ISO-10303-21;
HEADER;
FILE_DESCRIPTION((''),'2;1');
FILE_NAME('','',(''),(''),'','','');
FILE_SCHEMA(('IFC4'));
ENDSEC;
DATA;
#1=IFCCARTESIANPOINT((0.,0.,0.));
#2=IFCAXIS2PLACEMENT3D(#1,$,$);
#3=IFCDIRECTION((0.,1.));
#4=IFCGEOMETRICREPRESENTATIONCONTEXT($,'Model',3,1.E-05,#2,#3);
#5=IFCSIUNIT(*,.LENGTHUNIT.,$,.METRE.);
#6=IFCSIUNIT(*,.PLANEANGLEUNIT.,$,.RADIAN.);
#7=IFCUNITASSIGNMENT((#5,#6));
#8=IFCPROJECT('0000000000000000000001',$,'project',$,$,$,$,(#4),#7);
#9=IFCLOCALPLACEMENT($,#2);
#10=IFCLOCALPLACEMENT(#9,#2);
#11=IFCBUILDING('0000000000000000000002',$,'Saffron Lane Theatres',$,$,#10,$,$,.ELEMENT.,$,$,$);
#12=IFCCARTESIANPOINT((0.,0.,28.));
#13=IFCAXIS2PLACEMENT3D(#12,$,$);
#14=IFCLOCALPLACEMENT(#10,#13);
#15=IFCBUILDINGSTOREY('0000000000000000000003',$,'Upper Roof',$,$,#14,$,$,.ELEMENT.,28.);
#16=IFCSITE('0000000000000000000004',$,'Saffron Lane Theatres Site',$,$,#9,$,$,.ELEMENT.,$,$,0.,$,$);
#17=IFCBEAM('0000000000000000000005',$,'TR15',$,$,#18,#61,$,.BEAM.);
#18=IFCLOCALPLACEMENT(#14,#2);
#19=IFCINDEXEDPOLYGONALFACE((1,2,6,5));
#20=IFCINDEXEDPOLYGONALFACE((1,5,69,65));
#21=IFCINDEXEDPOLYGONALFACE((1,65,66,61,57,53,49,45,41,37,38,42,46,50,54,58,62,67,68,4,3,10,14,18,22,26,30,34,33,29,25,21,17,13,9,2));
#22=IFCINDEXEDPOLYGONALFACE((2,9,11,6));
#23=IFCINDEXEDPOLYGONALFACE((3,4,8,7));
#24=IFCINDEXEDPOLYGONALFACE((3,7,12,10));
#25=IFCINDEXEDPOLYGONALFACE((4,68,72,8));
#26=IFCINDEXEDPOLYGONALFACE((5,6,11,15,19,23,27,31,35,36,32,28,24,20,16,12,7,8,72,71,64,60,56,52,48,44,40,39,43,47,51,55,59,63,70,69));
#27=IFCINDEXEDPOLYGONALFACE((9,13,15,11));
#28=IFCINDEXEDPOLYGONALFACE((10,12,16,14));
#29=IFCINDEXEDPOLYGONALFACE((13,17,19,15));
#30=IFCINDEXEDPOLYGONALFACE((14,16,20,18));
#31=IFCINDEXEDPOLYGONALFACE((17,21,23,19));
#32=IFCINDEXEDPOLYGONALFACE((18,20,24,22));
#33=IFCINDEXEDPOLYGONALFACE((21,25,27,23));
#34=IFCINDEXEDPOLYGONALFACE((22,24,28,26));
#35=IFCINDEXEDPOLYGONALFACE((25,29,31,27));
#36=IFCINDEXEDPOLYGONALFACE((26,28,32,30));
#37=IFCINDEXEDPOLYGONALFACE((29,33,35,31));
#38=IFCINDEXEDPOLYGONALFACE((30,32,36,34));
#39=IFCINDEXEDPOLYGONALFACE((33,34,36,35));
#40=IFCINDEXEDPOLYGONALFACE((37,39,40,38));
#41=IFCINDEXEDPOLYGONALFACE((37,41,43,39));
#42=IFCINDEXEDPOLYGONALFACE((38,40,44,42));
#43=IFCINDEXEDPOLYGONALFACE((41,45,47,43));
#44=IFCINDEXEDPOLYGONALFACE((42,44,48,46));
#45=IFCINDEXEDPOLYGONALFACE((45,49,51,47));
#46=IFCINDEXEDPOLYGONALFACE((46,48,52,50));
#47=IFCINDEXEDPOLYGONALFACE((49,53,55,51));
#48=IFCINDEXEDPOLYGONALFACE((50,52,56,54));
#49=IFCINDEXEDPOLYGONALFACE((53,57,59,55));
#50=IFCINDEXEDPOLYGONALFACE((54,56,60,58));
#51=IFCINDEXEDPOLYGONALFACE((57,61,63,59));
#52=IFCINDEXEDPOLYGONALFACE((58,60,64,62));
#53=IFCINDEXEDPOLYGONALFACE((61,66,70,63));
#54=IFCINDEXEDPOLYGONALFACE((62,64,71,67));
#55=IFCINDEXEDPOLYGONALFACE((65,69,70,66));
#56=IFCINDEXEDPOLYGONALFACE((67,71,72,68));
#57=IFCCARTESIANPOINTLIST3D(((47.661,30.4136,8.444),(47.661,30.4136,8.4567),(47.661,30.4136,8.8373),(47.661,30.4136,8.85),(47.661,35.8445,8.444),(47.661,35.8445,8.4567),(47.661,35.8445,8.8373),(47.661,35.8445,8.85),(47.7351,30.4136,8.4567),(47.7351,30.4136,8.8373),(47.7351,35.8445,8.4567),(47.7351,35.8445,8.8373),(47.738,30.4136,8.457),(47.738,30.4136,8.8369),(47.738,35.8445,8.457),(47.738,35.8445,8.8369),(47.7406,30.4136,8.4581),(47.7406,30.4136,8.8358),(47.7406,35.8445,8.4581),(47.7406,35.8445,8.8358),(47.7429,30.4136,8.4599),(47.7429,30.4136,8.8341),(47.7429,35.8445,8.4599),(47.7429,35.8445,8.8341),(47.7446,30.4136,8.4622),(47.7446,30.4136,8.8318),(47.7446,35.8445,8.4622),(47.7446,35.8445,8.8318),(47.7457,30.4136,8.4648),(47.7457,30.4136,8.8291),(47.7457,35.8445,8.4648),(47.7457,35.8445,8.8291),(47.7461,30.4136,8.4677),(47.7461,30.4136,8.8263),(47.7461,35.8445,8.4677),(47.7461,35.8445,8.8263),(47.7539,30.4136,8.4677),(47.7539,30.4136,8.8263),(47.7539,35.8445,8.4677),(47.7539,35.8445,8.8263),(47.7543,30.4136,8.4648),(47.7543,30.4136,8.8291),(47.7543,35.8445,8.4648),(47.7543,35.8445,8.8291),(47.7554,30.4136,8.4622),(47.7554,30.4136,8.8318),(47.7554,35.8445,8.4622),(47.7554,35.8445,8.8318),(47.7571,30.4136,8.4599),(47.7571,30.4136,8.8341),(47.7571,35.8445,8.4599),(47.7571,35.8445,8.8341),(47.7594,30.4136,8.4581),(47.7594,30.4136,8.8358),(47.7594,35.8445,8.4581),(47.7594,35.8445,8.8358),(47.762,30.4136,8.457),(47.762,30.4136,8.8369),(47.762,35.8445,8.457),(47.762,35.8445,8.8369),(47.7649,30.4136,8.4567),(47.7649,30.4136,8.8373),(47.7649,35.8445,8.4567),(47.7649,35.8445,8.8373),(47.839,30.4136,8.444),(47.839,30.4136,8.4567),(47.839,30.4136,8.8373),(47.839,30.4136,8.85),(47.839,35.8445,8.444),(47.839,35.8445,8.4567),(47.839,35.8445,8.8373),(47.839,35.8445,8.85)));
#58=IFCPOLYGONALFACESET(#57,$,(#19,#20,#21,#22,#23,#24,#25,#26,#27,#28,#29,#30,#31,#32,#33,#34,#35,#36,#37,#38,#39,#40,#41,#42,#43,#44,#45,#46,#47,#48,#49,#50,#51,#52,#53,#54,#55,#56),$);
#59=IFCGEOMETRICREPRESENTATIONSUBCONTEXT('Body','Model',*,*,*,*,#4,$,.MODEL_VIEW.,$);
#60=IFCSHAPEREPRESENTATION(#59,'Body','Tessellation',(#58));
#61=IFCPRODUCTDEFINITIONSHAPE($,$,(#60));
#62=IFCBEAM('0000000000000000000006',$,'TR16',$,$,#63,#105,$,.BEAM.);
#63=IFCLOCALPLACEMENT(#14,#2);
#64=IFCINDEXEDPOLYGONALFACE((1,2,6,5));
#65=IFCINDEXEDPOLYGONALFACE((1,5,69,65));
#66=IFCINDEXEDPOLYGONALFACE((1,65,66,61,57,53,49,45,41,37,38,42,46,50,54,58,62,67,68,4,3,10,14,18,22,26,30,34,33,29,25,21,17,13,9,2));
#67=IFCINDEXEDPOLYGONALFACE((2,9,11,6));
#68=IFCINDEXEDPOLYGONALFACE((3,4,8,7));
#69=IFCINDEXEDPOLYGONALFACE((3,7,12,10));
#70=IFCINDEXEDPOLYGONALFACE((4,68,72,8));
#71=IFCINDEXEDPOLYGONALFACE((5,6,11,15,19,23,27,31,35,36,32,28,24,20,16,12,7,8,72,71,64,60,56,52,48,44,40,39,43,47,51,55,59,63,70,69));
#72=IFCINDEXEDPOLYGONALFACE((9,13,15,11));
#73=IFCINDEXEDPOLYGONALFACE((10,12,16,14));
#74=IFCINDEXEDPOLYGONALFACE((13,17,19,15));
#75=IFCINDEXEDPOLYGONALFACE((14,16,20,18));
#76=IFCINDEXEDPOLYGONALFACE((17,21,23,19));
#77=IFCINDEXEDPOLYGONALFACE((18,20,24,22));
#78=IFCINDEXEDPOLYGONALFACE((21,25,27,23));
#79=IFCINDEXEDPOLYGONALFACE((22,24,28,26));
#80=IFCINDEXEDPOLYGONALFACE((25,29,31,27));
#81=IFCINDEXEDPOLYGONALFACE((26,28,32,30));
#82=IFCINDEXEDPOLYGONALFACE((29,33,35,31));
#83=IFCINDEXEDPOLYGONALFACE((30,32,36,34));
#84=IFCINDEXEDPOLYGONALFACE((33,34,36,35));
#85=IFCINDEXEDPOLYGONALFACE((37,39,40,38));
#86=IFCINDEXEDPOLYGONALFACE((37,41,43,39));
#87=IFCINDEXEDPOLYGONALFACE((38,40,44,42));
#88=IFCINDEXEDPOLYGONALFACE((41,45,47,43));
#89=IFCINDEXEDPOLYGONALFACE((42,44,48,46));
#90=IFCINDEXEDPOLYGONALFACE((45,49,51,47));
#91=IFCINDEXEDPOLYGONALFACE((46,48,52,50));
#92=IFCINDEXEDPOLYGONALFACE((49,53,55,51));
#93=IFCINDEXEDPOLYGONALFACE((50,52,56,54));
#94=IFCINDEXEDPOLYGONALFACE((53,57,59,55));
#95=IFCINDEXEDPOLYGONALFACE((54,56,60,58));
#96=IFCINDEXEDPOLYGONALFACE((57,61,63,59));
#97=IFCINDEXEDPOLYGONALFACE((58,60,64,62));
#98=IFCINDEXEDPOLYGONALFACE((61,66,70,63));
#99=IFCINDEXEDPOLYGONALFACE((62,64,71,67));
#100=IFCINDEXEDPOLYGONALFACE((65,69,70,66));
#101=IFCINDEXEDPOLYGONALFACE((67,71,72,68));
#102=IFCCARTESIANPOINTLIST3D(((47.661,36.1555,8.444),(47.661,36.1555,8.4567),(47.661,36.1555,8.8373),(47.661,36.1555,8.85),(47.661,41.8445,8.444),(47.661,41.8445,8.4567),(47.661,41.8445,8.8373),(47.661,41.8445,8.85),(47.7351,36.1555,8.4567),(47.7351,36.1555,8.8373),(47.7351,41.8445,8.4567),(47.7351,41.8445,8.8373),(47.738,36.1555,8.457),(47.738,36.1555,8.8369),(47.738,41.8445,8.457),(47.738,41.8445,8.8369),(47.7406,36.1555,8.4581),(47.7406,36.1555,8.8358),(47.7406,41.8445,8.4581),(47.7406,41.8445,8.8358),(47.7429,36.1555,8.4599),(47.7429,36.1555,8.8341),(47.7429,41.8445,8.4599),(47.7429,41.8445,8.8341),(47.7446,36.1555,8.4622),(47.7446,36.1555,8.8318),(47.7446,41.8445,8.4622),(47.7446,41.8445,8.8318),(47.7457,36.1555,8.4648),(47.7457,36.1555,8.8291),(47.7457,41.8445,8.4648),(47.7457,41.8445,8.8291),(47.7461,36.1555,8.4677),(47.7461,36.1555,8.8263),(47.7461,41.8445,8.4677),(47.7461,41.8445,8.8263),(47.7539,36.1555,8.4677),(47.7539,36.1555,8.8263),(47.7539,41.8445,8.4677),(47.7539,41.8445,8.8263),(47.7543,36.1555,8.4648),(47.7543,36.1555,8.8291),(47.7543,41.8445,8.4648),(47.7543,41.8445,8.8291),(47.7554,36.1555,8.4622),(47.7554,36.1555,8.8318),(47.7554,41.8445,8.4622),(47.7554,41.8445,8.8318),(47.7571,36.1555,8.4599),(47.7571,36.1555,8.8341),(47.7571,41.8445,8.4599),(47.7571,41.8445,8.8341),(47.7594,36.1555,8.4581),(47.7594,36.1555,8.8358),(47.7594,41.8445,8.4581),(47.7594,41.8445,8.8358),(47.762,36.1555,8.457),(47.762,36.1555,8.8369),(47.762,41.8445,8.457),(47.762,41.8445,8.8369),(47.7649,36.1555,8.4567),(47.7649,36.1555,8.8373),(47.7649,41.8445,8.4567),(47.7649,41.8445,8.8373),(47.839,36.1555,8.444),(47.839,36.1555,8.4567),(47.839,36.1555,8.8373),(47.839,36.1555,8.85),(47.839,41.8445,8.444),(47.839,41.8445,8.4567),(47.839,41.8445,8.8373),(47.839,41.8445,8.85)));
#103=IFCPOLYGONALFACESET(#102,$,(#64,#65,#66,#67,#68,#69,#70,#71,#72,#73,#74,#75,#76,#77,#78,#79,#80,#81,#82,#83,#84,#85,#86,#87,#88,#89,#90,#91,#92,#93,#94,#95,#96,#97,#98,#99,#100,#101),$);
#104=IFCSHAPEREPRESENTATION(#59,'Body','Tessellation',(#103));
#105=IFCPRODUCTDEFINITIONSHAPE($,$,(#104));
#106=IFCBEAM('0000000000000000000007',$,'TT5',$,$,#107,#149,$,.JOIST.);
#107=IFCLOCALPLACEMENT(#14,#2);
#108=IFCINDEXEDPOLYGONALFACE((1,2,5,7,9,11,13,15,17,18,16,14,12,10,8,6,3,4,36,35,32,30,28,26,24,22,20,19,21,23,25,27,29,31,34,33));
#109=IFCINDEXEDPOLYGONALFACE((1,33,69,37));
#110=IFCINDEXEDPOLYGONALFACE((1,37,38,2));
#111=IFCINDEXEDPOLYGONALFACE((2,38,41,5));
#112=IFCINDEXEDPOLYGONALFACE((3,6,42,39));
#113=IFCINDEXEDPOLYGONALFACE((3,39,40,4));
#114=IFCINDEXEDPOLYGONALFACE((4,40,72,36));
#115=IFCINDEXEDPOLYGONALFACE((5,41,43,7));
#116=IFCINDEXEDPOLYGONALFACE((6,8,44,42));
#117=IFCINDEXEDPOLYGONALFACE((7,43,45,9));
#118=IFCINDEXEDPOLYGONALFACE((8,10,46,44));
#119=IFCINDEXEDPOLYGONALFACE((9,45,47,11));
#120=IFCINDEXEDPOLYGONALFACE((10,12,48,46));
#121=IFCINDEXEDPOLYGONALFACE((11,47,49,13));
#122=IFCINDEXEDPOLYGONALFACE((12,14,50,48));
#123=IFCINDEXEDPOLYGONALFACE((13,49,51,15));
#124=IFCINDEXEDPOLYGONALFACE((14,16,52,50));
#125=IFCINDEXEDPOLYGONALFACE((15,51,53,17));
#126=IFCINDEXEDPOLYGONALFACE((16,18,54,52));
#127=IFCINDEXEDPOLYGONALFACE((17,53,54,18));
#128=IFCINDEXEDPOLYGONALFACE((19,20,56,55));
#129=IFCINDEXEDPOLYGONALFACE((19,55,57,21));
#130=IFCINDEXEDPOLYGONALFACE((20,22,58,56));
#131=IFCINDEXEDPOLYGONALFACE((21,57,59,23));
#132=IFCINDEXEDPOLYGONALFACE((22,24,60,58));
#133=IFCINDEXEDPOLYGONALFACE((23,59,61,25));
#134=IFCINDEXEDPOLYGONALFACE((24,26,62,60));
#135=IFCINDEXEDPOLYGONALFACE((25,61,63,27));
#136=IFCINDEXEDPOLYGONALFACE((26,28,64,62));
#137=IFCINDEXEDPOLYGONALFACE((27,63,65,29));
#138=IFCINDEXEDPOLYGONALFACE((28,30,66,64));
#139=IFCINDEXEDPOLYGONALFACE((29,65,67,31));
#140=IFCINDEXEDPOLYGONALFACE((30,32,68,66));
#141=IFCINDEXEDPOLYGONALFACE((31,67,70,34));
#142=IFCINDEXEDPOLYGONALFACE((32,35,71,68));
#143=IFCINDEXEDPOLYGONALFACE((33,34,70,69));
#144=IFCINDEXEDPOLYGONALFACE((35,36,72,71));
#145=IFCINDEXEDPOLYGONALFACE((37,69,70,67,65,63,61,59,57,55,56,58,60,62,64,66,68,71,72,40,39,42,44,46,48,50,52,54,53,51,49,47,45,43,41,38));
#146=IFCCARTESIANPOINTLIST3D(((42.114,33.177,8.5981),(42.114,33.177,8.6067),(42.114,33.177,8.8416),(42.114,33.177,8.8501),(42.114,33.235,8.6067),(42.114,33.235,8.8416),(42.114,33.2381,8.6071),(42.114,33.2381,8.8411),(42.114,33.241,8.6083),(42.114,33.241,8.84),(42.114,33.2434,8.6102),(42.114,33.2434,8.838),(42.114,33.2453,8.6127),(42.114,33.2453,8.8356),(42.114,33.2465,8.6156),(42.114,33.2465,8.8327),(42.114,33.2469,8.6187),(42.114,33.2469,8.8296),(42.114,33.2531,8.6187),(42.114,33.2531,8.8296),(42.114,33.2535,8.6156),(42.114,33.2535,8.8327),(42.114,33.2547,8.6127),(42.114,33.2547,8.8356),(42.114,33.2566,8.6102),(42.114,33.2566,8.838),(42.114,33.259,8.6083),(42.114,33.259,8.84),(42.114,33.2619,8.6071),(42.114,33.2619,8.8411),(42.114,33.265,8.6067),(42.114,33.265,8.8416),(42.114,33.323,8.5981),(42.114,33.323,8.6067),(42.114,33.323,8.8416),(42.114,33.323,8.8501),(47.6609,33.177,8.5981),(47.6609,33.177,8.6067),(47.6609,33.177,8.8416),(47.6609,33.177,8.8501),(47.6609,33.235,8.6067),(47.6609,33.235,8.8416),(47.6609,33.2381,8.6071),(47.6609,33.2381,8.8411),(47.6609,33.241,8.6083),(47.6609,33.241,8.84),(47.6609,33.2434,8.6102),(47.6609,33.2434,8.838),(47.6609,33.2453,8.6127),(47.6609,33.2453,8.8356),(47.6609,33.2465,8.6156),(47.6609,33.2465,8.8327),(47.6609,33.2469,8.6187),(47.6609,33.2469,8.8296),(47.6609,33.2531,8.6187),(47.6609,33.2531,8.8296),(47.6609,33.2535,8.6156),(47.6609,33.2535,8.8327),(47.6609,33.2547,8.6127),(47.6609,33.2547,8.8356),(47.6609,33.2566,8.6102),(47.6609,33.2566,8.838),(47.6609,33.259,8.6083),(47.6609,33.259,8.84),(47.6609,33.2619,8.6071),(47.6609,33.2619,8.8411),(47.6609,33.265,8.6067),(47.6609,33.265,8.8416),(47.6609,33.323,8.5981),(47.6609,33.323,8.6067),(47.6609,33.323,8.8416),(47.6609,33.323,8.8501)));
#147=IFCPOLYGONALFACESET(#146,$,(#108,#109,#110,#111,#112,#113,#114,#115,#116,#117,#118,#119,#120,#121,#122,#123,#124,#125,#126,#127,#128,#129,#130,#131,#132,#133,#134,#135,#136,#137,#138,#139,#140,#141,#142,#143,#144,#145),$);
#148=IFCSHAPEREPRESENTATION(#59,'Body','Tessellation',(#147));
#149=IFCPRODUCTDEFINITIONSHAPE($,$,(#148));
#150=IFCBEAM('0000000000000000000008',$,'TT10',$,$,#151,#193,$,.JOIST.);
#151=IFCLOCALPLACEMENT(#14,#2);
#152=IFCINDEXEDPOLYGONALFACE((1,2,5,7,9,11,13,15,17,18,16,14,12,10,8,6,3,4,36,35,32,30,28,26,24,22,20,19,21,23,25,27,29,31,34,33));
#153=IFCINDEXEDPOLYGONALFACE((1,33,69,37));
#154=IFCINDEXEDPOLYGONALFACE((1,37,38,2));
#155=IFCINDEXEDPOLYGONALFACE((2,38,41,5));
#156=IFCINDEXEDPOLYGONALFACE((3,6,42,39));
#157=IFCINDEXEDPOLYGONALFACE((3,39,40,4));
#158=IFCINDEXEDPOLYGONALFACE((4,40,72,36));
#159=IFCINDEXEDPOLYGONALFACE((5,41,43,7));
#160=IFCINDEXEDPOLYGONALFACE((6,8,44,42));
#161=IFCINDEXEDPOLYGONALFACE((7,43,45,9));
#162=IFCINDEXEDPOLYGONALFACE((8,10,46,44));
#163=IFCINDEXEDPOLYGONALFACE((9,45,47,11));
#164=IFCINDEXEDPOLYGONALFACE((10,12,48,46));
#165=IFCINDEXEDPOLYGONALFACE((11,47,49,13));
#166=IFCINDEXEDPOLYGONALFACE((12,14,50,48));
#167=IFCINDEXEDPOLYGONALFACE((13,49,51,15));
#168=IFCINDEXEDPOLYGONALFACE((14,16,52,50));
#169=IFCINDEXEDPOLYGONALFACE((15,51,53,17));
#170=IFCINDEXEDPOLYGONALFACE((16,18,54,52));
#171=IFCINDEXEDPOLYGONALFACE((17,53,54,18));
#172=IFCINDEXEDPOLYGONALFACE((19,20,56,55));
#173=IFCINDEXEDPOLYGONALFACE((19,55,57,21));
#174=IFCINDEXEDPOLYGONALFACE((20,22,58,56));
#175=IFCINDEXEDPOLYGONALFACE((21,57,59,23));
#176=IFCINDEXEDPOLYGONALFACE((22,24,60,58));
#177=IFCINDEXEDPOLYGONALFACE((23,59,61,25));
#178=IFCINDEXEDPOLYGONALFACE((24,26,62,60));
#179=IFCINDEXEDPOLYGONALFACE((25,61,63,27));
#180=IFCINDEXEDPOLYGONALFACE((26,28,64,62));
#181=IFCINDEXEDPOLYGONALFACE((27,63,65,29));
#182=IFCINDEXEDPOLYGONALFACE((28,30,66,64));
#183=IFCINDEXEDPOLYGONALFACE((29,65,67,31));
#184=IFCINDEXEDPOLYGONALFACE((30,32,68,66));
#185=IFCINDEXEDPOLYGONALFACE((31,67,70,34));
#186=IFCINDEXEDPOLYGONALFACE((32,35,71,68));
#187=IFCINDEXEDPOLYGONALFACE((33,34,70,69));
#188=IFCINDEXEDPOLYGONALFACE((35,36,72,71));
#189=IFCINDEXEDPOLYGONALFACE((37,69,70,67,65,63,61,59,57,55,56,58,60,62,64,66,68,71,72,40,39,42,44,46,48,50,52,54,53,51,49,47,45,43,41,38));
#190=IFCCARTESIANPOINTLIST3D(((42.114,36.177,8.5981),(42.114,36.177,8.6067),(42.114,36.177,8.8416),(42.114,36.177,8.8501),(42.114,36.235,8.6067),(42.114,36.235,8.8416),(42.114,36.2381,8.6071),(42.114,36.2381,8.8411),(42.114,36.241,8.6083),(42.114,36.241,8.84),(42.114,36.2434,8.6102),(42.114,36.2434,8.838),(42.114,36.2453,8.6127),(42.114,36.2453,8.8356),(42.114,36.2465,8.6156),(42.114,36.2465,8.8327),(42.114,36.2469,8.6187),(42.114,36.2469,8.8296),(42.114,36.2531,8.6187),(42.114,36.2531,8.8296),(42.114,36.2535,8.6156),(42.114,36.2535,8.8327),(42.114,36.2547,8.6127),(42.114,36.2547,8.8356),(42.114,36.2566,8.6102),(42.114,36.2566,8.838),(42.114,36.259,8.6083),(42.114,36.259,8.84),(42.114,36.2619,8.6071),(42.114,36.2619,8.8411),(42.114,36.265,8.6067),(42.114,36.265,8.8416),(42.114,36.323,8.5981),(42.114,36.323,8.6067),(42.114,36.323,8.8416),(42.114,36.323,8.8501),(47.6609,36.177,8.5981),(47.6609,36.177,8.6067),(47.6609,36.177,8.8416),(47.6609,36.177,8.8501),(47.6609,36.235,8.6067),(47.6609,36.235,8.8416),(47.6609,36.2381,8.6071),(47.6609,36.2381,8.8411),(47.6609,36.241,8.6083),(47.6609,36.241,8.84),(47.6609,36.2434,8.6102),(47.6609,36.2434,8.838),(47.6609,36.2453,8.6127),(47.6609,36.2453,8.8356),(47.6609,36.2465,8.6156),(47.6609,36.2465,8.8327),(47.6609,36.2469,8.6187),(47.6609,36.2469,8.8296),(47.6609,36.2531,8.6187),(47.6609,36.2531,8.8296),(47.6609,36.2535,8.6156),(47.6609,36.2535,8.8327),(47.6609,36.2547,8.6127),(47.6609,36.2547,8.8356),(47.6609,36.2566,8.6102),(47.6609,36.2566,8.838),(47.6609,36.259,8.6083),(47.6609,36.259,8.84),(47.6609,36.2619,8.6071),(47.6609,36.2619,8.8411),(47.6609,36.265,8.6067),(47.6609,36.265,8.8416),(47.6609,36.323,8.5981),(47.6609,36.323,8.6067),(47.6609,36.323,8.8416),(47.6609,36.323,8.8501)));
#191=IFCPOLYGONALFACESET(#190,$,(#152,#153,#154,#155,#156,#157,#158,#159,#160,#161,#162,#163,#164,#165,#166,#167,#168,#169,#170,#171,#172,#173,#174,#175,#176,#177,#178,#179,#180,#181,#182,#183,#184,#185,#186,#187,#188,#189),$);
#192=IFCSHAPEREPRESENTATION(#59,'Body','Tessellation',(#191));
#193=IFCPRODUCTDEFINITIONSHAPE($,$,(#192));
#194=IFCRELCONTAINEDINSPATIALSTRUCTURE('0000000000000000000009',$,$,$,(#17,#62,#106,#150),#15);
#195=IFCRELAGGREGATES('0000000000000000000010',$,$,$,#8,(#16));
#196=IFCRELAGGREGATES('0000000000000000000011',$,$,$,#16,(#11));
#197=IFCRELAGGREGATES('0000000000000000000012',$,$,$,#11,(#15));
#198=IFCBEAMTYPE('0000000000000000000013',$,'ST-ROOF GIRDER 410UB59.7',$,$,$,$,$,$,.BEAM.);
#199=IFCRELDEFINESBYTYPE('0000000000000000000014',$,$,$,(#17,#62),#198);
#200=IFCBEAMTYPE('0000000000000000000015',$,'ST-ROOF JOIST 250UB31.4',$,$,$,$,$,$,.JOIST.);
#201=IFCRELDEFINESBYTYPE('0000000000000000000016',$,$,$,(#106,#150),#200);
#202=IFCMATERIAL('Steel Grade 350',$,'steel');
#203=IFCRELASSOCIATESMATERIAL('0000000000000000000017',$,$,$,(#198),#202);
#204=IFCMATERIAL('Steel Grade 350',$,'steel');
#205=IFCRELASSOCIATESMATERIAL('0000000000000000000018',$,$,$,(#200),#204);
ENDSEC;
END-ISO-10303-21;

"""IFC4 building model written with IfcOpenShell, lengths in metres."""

from ifc_helpers import new_model, si_unit, direction, frame, origin, origin_2d, place, context, subcontext, project, spatial, i_section, extrude, material, material_profile, profile_set, type_object, element, save


model = new_model("IFC4")

# Units and contexts
model_context = context("Model", 3, precision=1e-05, world=origin(), true_north=direction((0.0, 1.0)))
body_context = subcontext(model_context, "Body", "Model", "MODEL_VIEW")
ifc_project = project(units=[si_unit("LENGTHUNIT", "METRE"), si_unit("PLANEANGLEUNIT", "RADIAN")], contexts=[model_context])

# Site, building, storey
site_placement = place(None, origin())
site = spatial("IfcSite", under=ifc_project, at=site_placement, Name="Saffron Lane Theatres Site", CompositionType="ELEMENT", RefElevation=0.0)
building_placement = place(site_placement, origin())
building = spatial("IfcBuilding", under=site, at=building_placement, Name="Saffron Lane Theatres", CompositionType="ELEMENT")
storey_placement = place(building_placement, frame((0.0, 0.0, 28.0)))
storey = spatial("IfcBuildingStorey", under=building, at=storey_placement, Name="Upper Roof", CompositionType="ELEMENT", Elevation=28.0)

# Beams
ifc_material_1 = material(Name="Steel Grade 350", Category="steel")
ifc_material_profile_1 = material_profile(ifc_material_1, i_section(OverallWidth=0.178, OverallDepth=0.406, WebThickness=0.0078, FlangeThickness=0.0127, FilletRadius=0.011, at=origin_2d()))
ifc_profile_set_1 = profile_set([ifc_material_profile_1], Name="Steel Grade 350")
beam_type_1 = type_object("IfcBeamType", Name="ST-ROOF GIRDER 410UB59.7", PredefinedType="BEAM", material=ifc_profile_set_1)
beam_1_placement = place(storey_placement, frame((47.75, 30.4136, 8.647), z_axis=(0.0, 1.0, 0.0), x_axis=(-1.0, 0.0, 0.0)))
element("IfcBeam", 1, at=beam_1_placement, inside=storey, type_object=beam_type_1, Name="TR15", PredefinedType="BEAM", context=body_context, shape_type="SweptSolid", body=[
    extrude(i_section(OverallWidth=0.178, OverallDepth=0.406, WebThickness=0.0078, FlangeThickness=0.0127, FilletRadius=0.011, at=origin_2d()), origin(), (0.0, 0.0, 1.0), 5.4309),
])
beam_2_placement = place(storey_placement, frame((47.75, 36.1555, 8.647), z_axis=(0.0, 1.0, 0.0), x_axis=(-1.0, 0.0, 0.0)))
element("IfcBeam", 2, at=beam_2_placement, inside=storey, type_object=beam_type_1, Name="TR16", PredefinedType="BEAM", context=body_context, shape_type="SweptSolid", body=[
    extrude(i_section(OverallWidth=0.178, OverallDepth=0.406, WebThickness=0.0078, FlangeThickness=0.0127, FilletRadius=0.011, at=origin_2d()), origin(), (0.0, 0.0, 1.0), 5.689),
])
ifc_material_2 = material(Name="Steel Grade 350", Category="steel")
ifc_material_profile_2 = material_profile(ifc_material_2, i_section(OverallWidth=0.146, OverallDepth=0.252, WebThickness=0.0061, FlangeThickness=0.0085, FilletRadius=0.012, at=origin_2d()))
ifc_profile_set_2 = profile_set([ifc_material_profile_2], Name="Steel Grade 350")
beam_type_2 = type_object("IfcBeamType", Name="ST-ROOF JOIST 250UB31.4", PredefinedType="JOIST", material=ifc_profile_set_2)
for number, where, z_axis, x_axis, name in (
    (3, (42.114, 33.25, 8.7241), (1.0, 0.0, 0.0), (0.0, 1.0, 0.0), "TT5"),
    (4, (42.114, 36.25, 8.7241), (1.0, 0.0, 0.0), (0.0, 1.0, 0.0), "TT10"),
):
    element("IfcBeam", number, at=place(storey_placement, frame(where, z_axis=z_axis, x_axis=x_axis)), inside=storey, type_object=beam_type_2, Name=name, PredefinedType="JOIST", context=body_context, shape_type="SweptSolid", body=[
        extrude(i_section(OverallWidth=0.146, OverallDepth=0.252, WebThickness=0.0061, FlangeThickness=0.0085, FilletRadius=0.012, at=origin_2d()), origin(), (0.0, 0.0, 1.0), 5.5469),
    ])

save(model, "model.ifc")
